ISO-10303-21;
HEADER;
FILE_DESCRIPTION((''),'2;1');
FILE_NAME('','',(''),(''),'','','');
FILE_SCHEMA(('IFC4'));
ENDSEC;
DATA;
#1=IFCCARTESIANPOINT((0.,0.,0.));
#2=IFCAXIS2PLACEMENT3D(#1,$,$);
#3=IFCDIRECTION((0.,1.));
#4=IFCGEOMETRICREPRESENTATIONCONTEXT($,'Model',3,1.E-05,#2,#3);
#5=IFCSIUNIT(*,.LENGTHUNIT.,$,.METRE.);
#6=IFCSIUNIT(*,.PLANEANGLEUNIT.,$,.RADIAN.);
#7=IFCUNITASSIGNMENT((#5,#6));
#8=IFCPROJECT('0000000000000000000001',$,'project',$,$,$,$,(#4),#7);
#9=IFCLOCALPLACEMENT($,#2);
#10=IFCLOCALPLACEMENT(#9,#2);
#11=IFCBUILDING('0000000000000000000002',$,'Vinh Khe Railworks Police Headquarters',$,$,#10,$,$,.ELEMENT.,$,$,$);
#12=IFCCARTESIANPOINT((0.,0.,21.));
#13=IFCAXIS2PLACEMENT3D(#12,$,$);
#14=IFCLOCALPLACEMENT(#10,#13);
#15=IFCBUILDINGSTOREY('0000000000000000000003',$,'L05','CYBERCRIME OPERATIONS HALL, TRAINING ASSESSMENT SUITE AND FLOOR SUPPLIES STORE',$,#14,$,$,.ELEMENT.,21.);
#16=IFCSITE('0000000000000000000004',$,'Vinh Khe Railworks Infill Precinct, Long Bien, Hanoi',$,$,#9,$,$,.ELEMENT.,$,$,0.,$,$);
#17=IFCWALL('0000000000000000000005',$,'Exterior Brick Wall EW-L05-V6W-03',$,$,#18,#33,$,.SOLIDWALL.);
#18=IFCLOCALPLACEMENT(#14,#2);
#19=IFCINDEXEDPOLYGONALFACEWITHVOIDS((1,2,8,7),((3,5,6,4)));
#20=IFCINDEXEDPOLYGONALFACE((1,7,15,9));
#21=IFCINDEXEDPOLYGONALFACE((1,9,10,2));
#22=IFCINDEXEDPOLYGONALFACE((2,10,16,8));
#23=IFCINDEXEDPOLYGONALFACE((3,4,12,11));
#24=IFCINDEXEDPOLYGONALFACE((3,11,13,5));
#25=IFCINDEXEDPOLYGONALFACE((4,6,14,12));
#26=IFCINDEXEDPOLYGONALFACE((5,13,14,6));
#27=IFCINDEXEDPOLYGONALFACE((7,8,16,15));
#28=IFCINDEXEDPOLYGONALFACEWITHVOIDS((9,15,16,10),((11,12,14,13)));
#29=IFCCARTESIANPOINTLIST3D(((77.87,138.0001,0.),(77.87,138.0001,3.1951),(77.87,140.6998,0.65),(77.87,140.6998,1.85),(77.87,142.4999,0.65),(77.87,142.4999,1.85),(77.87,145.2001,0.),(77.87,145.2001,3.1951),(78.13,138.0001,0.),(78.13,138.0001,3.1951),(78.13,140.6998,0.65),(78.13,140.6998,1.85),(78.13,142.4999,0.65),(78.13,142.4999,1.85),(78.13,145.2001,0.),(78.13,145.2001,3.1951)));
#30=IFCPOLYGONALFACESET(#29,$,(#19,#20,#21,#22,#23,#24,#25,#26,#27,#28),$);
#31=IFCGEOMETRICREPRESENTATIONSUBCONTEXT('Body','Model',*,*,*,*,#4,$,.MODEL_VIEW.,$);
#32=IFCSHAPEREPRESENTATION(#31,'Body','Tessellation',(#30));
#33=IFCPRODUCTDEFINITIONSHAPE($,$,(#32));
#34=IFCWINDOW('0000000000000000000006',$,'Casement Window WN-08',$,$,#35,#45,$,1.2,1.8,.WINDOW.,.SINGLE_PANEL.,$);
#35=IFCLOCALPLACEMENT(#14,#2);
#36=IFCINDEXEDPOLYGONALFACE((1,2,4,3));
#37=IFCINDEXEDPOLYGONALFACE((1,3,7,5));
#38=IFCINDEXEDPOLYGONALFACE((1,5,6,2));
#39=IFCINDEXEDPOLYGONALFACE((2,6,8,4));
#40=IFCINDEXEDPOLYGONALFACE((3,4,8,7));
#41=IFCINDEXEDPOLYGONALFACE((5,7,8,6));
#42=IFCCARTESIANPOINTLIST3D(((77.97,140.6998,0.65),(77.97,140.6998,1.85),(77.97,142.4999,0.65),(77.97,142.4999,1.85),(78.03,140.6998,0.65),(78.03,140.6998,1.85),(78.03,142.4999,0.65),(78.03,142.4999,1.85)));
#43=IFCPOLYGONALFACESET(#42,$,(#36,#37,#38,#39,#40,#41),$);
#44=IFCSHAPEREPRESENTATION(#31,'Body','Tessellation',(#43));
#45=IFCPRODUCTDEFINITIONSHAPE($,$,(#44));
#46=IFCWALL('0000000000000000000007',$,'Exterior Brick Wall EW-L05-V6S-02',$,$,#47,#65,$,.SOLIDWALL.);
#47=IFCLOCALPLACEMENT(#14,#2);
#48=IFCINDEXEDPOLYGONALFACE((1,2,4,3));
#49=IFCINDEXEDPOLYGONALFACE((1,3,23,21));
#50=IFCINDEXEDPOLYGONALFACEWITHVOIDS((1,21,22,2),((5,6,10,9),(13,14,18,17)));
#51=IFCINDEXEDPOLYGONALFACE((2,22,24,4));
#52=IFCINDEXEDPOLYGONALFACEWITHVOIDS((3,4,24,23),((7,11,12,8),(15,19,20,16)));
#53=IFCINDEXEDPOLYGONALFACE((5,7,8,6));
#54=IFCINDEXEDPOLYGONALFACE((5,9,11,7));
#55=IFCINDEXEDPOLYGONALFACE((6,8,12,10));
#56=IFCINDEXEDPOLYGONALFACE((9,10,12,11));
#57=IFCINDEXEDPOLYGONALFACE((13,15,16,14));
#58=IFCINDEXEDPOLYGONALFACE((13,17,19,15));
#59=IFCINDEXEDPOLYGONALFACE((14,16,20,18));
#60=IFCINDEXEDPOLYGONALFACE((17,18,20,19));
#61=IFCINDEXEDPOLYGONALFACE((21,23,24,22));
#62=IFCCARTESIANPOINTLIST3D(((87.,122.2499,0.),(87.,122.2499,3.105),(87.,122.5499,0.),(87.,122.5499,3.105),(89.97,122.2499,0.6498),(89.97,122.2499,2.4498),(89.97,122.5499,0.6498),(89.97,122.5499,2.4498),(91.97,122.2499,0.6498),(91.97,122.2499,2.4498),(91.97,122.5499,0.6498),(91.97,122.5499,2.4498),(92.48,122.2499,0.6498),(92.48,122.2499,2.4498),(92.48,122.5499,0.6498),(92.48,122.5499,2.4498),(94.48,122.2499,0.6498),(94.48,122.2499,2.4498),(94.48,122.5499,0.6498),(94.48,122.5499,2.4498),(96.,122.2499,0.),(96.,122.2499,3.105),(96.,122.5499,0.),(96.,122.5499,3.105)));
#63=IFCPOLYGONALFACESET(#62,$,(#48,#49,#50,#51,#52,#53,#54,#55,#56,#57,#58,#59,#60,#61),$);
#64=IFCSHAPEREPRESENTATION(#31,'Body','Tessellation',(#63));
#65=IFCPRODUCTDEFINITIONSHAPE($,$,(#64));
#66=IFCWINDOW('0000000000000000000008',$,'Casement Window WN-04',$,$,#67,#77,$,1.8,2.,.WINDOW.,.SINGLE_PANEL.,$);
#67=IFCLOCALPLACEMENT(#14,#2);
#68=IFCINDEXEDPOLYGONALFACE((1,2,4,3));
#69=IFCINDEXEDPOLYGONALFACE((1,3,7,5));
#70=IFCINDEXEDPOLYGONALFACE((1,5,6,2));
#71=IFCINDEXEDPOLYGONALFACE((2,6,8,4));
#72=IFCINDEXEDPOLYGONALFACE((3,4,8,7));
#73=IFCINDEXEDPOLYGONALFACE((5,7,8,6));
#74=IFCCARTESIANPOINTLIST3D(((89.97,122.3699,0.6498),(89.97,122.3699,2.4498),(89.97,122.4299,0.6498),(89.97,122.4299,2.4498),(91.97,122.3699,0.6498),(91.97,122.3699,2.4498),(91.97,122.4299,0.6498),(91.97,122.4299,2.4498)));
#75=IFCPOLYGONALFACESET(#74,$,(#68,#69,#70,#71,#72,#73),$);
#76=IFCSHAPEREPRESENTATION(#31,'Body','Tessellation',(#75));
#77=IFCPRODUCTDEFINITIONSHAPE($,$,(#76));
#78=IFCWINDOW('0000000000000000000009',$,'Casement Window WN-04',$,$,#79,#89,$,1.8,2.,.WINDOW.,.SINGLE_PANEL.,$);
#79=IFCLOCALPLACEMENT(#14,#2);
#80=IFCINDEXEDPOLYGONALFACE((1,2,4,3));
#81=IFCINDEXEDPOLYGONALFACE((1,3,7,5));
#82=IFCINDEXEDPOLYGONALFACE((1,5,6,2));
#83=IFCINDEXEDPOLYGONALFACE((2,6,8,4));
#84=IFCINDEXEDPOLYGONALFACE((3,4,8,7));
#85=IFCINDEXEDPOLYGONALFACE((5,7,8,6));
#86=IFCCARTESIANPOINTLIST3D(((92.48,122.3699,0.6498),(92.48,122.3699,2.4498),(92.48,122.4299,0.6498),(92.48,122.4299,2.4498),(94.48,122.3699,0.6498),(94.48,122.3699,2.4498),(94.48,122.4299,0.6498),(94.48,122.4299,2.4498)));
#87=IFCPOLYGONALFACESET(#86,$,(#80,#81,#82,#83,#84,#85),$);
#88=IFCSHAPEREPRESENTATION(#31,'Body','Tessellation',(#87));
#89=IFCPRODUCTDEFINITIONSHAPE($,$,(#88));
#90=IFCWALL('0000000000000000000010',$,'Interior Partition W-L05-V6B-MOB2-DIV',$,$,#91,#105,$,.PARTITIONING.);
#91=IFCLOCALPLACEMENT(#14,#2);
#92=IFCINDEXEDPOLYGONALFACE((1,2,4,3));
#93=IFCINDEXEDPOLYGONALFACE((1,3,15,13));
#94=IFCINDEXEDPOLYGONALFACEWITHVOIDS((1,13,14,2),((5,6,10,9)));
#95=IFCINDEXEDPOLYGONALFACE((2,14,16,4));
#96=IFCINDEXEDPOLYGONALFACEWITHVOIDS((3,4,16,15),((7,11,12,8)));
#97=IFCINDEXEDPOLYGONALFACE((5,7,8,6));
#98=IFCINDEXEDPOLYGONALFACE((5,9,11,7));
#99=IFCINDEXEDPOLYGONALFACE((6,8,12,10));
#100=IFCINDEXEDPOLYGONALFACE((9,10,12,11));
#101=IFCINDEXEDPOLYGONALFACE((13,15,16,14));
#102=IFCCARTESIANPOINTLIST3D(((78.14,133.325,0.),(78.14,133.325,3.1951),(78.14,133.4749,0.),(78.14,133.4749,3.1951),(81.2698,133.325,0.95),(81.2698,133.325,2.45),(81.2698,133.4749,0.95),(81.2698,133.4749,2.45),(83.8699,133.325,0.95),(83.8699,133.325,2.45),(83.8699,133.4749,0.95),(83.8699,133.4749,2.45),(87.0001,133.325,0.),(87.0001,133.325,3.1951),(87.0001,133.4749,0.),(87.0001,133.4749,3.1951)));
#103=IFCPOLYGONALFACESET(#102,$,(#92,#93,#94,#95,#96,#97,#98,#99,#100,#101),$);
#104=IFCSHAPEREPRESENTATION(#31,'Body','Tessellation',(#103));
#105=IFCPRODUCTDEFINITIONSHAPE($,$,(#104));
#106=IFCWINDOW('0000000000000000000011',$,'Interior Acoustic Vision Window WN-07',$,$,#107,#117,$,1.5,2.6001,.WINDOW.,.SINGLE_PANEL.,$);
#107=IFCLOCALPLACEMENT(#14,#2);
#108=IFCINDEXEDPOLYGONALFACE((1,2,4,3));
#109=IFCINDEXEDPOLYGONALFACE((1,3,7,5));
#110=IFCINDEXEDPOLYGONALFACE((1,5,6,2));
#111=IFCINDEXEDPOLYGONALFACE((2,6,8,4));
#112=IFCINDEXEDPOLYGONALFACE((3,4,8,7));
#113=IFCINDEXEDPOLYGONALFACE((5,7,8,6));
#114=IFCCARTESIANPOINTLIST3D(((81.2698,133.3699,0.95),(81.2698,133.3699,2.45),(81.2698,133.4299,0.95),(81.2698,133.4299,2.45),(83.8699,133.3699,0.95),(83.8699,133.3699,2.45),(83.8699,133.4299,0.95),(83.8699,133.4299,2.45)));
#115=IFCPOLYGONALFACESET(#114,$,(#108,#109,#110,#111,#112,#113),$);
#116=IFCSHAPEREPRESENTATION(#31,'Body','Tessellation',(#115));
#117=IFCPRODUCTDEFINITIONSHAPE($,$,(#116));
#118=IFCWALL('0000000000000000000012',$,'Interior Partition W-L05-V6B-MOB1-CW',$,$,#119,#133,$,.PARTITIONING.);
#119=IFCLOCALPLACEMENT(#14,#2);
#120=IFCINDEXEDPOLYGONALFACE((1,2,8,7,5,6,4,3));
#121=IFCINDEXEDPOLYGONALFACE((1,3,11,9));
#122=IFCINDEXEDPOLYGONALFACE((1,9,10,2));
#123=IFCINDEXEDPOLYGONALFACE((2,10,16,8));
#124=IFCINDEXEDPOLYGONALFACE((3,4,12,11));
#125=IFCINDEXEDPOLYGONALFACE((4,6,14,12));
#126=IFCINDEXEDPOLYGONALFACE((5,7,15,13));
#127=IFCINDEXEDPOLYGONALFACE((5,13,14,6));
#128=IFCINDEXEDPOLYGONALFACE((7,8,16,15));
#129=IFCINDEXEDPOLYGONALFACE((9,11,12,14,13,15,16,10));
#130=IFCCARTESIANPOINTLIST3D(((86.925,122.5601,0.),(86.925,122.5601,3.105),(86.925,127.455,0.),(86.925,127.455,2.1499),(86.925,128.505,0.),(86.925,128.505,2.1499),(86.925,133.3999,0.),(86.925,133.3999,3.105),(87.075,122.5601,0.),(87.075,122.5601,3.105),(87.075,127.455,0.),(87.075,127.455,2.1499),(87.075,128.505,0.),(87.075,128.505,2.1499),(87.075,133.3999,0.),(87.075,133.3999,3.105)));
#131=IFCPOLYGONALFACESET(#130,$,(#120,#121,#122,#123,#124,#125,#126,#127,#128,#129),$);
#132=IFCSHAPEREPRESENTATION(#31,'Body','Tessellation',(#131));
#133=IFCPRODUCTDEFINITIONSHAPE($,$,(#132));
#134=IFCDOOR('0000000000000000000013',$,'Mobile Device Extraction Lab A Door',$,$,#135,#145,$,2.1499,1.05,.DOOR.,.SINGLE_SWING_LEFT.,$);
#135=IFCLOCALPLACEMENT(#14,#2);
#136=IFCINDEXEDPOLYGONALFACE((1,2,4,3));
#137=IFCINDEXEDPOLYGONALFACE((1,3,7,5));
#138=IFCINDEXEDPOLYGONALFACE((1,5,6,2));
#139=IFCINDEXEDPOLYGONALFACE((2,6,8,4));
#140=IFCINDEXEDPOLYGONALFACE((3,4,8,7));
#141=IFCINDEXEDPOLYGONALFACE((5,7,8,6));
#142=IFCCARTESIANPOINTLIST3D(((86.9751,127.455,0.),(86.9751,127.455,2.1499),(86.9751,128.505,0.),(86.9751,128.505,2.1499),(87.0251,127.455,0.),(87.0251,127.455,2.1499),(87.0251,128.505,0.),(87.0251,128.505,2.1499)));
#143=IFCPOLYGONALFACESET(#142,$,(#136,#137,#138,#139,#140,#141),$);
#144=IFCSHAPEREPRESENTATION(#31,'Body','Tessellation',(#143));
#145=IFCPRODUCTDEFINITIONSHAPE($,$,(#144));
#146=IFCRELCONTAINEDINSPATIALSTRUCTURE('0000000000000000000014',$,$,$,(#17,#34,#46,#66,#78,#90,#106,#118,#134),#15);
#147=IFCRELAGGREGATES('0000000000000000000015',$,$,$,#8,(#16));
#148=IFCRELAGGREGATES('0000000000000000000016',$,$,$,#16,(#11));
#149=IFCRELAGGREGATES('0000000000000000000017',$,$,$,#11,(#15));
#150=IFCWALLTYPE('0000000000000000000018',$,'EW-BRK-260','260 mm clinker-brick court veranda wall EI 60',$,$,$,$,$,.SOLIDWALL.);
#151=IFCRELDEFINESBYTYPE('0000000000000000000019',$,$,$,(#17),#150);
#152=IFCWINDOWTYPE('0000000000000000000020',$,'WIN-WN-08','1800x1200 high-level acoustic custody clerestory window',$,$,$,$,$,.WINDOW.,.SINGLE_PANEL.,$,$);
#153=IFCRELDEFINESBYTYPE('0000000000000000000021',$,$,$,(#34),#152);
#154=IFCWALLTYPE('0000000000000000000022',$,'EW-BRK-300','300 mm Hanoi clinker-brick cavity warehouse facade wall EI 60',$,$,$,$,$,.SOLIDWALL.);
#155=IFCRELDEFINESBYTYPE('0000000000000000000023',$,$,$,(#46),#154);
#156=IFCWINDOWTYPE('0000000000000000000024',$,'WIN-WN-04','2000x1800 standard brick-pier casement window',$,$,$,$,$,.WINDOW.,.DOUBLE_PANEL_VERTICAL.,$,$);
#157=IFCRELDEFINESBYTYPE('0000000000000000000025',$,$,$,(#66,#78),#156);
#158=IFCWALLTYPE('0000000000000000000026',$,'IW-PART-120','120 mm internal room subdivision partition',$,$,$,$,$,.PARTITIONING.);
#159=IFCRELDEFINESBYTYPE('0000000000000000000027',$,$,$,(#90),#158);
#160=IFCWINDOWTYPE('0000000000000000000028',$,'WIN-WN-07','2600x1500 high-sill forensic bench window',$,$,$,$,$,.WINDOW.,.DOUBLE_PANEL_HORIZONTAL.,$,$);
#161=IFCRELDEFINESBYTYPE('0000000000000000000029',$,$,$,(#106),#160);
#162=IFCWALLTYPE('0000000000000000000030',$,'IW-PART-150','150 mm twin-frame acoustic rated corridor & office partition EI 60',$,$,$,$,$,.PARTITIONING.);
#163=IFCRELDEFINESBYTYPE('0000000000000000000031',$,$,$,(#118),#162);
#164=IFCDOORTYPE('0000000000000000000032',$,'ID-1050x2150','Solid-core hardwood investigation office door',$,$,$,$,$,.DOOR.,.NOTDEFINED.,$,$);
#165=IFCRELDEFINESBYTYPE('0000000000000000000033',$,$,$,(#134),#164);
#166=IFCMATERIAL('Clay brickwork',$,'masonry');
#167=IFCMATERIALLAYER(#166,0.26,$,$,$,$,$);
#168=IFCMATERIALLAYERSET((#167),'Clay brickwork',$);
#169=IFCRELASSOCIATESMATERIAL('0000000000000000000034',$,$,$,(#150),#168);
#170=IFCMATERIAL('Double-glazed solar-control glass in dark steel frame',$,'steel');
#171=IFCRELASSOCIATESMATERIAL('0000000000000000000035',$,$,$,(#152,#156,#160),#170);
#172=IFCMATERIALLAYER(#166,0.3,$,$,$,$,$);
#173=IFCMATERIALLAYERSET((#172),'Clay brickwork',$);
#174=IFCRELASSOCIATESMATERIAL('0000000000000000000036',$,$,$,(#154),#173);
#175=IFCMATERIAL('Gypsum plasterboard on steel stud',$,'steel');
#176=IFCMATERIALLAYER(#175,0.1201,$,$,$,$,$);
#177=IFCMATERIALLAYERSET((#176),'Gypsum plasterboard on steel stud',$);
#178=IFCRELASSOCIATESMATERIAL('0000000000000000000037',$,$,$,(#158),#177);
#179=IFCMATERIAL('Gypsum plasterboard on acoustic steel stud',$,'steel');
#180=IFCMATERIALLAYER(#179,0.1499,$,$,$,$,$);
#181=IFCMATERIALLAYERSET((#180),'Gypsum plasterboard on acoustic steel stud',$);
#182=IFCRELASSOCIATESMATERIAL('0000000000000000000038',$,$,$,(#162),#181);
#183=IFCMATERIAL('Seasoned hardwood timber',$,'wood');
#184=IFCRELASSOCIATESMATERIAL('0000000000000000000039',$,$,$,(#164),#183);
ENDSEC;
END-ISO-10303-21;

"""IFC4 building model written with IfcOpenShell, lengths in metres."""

from ifc_helpers import new_model, si_unit, direction, frame, frame_2d, origin, place, context, subcontext, project, spatial, rectangle, extrude, material, layer, layer_set, type_object, element, fill, save


model = new_model("IFC4")

# Units and contexts
model_context = context("Model", 3, precision=1e-05, world=origin(), true_north=direction((0.0, 1.0)))
body_context = subcontext(model_context, "Body", "Model", "MODEL_VIEW")
ifc_project = project(units=[si_unit("LENGTHUNIT", "METRE"), si_unit("PLANEANGLEUNIT", "RADIAN")], contexts=[model_context])

# Site, building, storey
site_placement = place(None, origin())
site = spatial("IfcSite", under=ifc_project, at=site_placement, Name="Vinh Khe Railworks Infill Precinct, Long Bien, Hanoi", CompositionType="ELEMENT", RefElevation=0.0)
building_placement = place(site_placement, origin())
building = spatial("IfcBuilding", under=site, at=building_placement, Name="Vinh Khe Railworks Police Headquarters", CompositionType="ELEMENT")
storey_placement = place(building_placement, frame((0.0, 0.0, 21.0)))
storey = spatial("IfcBuildingStorey", under=building, at=storey_placement, Name="L05", Description="CYBERCRIME OPERATIONS HALL, TRAINING ASSESSMENT SUITE AND FLOOR SUPPLIES STORE", CompositionType="ELEMENT", Elevation=21.0)

# Wall, opening, window
ifc_material_1 = material(Name="Clay brickwork", Category="masonry")
ifc_layer_1 = layer(ifc_material_1, 0.26)
ifc_layer_set_1 = layer_set([ifc_layer_1], Name="Clay brickwork")
wall_type_1 = type_object("IfcWallType", Name="EW-BRK-260", Description="260 mm clinker-brick court veranda wall EI 60", PredefinedType="SOLIDWALL", material=ifc_layer_set_1)
ifc_material_2 = material(Name="Double-glazed solar-control glass in dark steel frame", Category="steel")
window_type_1 = type_object("IfcWindowType", Name="WIN-WN-08", Description="1800x1200 high-level acoustic custody clerestory window", PartitioningType="SINGLE_PANEL", PredefinedType="WINDOW", material=ifc_material_2)
wall_1_placement = place(storey_placement, frame((78.0, 138.0, 0.0), z_axis=(0.0, 0.0, 1.0), x_axis=(0.0, 1.0, 0.0)))
wall_1 = element("IfcWall", 1, at=wall_1_placement, inside=storey, type_object=wall_type_1, Name="Exterior Brick Wall EW-L05-V6W-03", PredefinedType="SOLIDWALL", context=body_context, shape_type="SweptSolid", body=[
    extrude(rectangle(XDim=7.2, YDim=0.26, at=frame_2d((3.6001, 0.0))), origin(), (0.0, 0.0, 1.0), 3.1951),
])
opening_1_placement = place(wall_1_placement, frame((2.7, 0.0, 0.6499)))
opening_1 = element("IfcOpeningElement", 2, at=opening_1_placement, cuts=wall_1, PredefinedType="OPENING", context=body_context, shape_type="SweptSolid", body=[
    extrude(rectangle(XDim=1.8, YDim=1.2, at=frame_2d((0.8999, 0.6001))), frame((0.0, 0.145, 0.0), z_axis=(0.0, -1.0, 0.0), x_axis=(1.0, 0.0, 0.0)), (0.0, 0.0, 1.0), 0.2898),
])
window_1_placement = place(opening_1_placement, origin())
window_1 = element("IfcWindow", 3, at=window_1_placement, inside=storey, type_object=window_type_1, Name="Casement Window WN-08", OverallHeight=1.2, OverallWidth=1.8, PartitioningType="SINGLE_PANEL", PredefinedType="WINDOW", context=body_context, shape_type="SweptSolid", body=[
    extrude(rectangle(XDim=1.8, YDim=1.2, at=frame_2d((0.8999, 0.6001))), frame((0.0, 0.03, 0.0), z_axis=(0.0, -1.0, 0.0), x_axis=(1.0, 0.0, 0.0)), (0.0, 0.0, 1.0), 0.0601),
])
fill(opening_1, window_1)

# Wall, openings, windows
ifc_layer_2 = layer(ifc_material_1, 0.3)
ifc_layer_set_2 = layer_set([ifc_layer_2], Name="Clay brickwork")
wall_type_2 = type_object("IfcWallType", Name="EW-BRK-300", Description="300 mm Hanoi clinker-brick cavity warehouse facade wall EI 60", PredefinedType="SOLIDWALL", material=ifc_layer_set_2)
wall_2_placement = place(storey_placement, frame((87.0, 122.3999, 0.0), z_axis=(0.0, 0.0, 1.0), x_axis=(1.0, 0.0, 0.0)))
wall_2 = element("IfcWall", 4, at=wall_2_placement, inside=storey, type_object=wall_type_2, Name="Exterior Brick Wall EW-L05-V6S-02", PredefinedType="SOLIDWALL", context=body_context, shape_type="SweptSolid", body=[
    extrude(rectangle(XDim=9.0, YDim=0.3, at=frame_2d((4.5, 0.0))), origin(), (0.0, 0.0, 1.0), 3.105),
])
opening_2_placement = place(wall_2_placement, frame((2.97, 0.0, 0.6499)))
opening_2 = element("IfcOpeningElement", 5, at=opening_2_placement, cuts=wall_2, PredefinedType="OPENING", context=body_context, shape_type="SweptSolid", body=[
    extrude(rectangle(XDim=2.0, YDim=1.8, at=frame_2d((1.0, 0.8999))), frame((0.0, 0.165, 0.0), z_axis=(0.0, -1.0, 0.0), x_axis=(1.0, 0.0, 0.0)), (0.0, 0.0, 1.0), 0.3298),
])
opening_3_placement = place(wall_2_placement, frame((5.48, 0.0, 0.6499)))
opening_3 = element("IfcOpeningElement", 6, at=opening_3_placement, cuts=wall_2, PredefinedType="OPENING", context=body_context, shape_type="SweptSolid", body=[
    extrude(rectangle(XDim=2.0, YDim=1.8, at=frame_2d((1.0, 0.8999))), frame((0.0, 0.165, 0.0), z_axis=(0.0, -1.0, 0.0), x_axis=(1.0, 0.0, 0.0)), (0.0, 0.0, 1.0), 0.3298),
])
window_type_2 = type_object("IfcWindowType", Name="WIN-WN-04", Description="2000x1800 standard brick-pier casement window", PartitioningType="DOUBLE_PANEL_VERTICAL", PredefinedType="WINDOW", material=ifc_material_2)
window_2_placement = place(opening_2_placement, origin())
window_2 = element("IfcWindow", 7, at=window_2_placement, inside=storey, type_object=window_type_2, Name="Casement Window WN-04", OverallHeight=1.8, OverallWidth=2.0, PartitioningType="SINGLE_PANEL", PredefinedType="WINDOW", context=body_context, shape_type="SweptSolid", body=[
    extrude(rectangle(XDim=2.0, YDim=1.8, at=frame_2d((1.0, 0.8999))), frame((0.0, 0.03, 0.0), z_axis=(0.0, -1.0, 0.0), x_axis=(1.0, 0.0, 0.0)), (0.0, 0.0, 1.0), 0.0601),
])
fill(opening_2, window_2)
window_3_placement = place(opening_3_placement, origin())
window_3 = element("IfcWindow", 8, at=window_3_placement, inside=storey, type_object=window_type_2, Name="Casement Window WN-04", OverallHeight=1.8, OverallWidth=2.0, PartitioningType="SINGLE_PANEL", PredefinedType="WINDOW", context=body_context, shape_type="SweptSolid", body=[
    extrude(rectangle(XDim=2.0, YDim=1.8, at=frame_2d((1.0, 0.8999))), frame((0.0, 0.03, 0.0), z_axis=(0.0, -1.0, 0.0), x_axis=(1.0, 0.0, 0.0)), (0.0, 0.0, 1.0), 0.0601),
])
fill(opening_3, window_3)

# Wall, opening, window
ifc_material_3 = material(Name="Gypsum plasterboard on steel stud", Category="steel")
ifc_layer_3 = layer(ifc_material_3, 0.1201)
ifc_layer_set_3 = layer_set([ifc_layer_3], Name="Gypsum plasterboard on steel stud")
wall_type_3 = type_object("IfcWallType", Name="IW-PART-120", Description="120 mm internal room subdivision partition", PredefinedType="PARTITIONING", material=ifc_layer_set_3)
wall_3_placement = place(storey_placement, frame((78.1399, 133.3999, 0.0), z_axis=(0.0, 0.0, 1.0), x_axis=(1.0, 0.0, 0.0)))
wall_3 = element("IfcWall", 9, at=wall_3_placement, inside=storey, type_object=wall_type_3, Name="Interior Partition W-L05-V6B-MOB2-DIV", PredefinedType="PARTITIONING", context=body_context, shape_type="SweptSolid", body=[
    extrude(rectangle(XDim=8.8601, YDim=0.1499, at=frame_2d((4.4302, 0.0))), origin(), (0.0, 0.0, 1.0), 3.1951),
])
opening_4_placement = place(wall_3_placement, frame((3.1299, 0.0, 0.95)))
opening_4 = element("IfcOpeningElement", 10, at=opening_4_placement, cuts=wall_3, PredefinedType="OPENING", context=body_context, shape_type="SweptSolid", body=[
    extrude(rectangle(XDim=2.6001, YDim=1.5, at=frame_2d((1.3, 0.75))), frame((0.0, 0.0898, 0.0), z_axis=(0.0, -1.0, 0.0), x_axis=(1.0, 0.0, 0.0)), (0.0, 0.0, 1.0), 0.1797),
])
window_type_3 = type_object("IfcWindowType", Name="WIN-WN-07", Description="2600x1500 high-sill forensic bench window", PartitioningType="DOUBLE_PANEL_HORIZONTAL", PredefinedType="WINDOW", material=ifc_material_2)
window_4_placement = place(opening_4_placement, origin())
window_4 = element("IfcWindow", 11, at=window_4_placement, inside=storey, type_object=window_type_3, Name="Interior Acoustic Vision Window WN-07", OverallHeight=1.5, OverallWidth=2.6001, PartitioningType="SINGLE_PANEL", PredefinedType="WINDOW", context=body_context, shape_type="SweptSolid", body=[
    extrude(rectangle(XDim=2.6001, YDim=1.5, at=frame_2d((1.3, 0.75))), frame((0.0, 0.03, 0.0), z_axis=(0.0, -1.0, 0.0), x_axis=(1.0, 0.0, 0.0)), (0.0, 0.0, 1.0), 0.0601),
])
fill(opening_4, window_4)

# Wall, opening, door
ifc_material_4 = material(Name="Gypsum plasterboard on acoustic steel stud", Category="steel")
ifc_layer_4 = layer(ifc_material_4, 0.1499)
ifc_layer_set_4 = layer_set([ifc_layer_4], Name="Gypsum plasterboard on acoustic steel stud")
wall_type_4 = type_object("IfcWallType", Name="IW-PART-150", Description="150 mm twin-frame acoustic rated corridor & office partition EI 60", PredefinedType="PARTITIONING", material=ifc_layer_set_4)
wall_4_placement = place(storey_placement, frame((87.0, 122.5601, 0.0), z_axis=(0.0, 0.0, 1.0), x_axis=(0.0, 1.0, 0.0)))
wall_4 = element("IfcWall", 12, at=wall_4_placement, inside=storey, type_object=wall_type_4, Name="Interior Partition W-L05-V6B-MOB1-CW", PredefinedType="PARTITIONING", context=body_context, shape_type="SweptSolid", body=[
    extrude(rectangle(XDim=10.8398, YDim=0.1499, at=frame_2d((5.4199, 0.0))), origin(), (0.0, 0.0, 1.0), 3.105),
])
opening_5_placement = place(wall_4_placement, frame((4.895, 0.0, 0.0)))
opening_5 = element("IfcOpeningElement", 13, at=opening_5_placement, cuts=wall_4, PredefinedType="OPENING", context=body_context, shape_type="SweptSolid", body=[
    extrude(rectangle(XDim=1.05, YDim=2.1499, at=frame_2d((0.5249, 1.075))), frame((0.0, 0.0898, 0.0), z_axis=(0.0, -1.0, 0.0), x_axis=(1.0, 0.0, 0.0)), (0.0, 0.0, 1.0), 0.1797),
])
ifc_material_5 = material(Name="Seasoned hardwood timber", Category="wood")
door_type = type_object("IfcDoorType", Name="ID-1050x2150", Description="Solid-core hardwood investigation office door", OperationType="NOTDEFINED", PredefinedType="DOOR", material=ifc_material_5)
door_1_placement = place(opening_5_placement, origin())
door_1 = element("IfcDoor", 14, at=door_1_placement, inside=storey, type_object=door_type, Name="Mobile Device Extraction Lab A Door", OperationType="SINGLE_SWING_LEFT", OverallHeight=2.1499, OverallWidth=1.05, PredefinedType="DOOR", context=body_context, shape_type="SweptSolid", body=[
    extrude(rectangle(XDim=1.05, YDim=2.1499, at=frame_2d((0.5249, 1.075))), frame((0.0, 0.0249, 0.0), z_axis=(0.0, -1.0, 0.0), x_axis=(1.0, 0.0, 0.0)), (0.0, 0.0, 1.0), 0.05),
])
fill(opening_5, door_1)

save(model, "model.ifc")
